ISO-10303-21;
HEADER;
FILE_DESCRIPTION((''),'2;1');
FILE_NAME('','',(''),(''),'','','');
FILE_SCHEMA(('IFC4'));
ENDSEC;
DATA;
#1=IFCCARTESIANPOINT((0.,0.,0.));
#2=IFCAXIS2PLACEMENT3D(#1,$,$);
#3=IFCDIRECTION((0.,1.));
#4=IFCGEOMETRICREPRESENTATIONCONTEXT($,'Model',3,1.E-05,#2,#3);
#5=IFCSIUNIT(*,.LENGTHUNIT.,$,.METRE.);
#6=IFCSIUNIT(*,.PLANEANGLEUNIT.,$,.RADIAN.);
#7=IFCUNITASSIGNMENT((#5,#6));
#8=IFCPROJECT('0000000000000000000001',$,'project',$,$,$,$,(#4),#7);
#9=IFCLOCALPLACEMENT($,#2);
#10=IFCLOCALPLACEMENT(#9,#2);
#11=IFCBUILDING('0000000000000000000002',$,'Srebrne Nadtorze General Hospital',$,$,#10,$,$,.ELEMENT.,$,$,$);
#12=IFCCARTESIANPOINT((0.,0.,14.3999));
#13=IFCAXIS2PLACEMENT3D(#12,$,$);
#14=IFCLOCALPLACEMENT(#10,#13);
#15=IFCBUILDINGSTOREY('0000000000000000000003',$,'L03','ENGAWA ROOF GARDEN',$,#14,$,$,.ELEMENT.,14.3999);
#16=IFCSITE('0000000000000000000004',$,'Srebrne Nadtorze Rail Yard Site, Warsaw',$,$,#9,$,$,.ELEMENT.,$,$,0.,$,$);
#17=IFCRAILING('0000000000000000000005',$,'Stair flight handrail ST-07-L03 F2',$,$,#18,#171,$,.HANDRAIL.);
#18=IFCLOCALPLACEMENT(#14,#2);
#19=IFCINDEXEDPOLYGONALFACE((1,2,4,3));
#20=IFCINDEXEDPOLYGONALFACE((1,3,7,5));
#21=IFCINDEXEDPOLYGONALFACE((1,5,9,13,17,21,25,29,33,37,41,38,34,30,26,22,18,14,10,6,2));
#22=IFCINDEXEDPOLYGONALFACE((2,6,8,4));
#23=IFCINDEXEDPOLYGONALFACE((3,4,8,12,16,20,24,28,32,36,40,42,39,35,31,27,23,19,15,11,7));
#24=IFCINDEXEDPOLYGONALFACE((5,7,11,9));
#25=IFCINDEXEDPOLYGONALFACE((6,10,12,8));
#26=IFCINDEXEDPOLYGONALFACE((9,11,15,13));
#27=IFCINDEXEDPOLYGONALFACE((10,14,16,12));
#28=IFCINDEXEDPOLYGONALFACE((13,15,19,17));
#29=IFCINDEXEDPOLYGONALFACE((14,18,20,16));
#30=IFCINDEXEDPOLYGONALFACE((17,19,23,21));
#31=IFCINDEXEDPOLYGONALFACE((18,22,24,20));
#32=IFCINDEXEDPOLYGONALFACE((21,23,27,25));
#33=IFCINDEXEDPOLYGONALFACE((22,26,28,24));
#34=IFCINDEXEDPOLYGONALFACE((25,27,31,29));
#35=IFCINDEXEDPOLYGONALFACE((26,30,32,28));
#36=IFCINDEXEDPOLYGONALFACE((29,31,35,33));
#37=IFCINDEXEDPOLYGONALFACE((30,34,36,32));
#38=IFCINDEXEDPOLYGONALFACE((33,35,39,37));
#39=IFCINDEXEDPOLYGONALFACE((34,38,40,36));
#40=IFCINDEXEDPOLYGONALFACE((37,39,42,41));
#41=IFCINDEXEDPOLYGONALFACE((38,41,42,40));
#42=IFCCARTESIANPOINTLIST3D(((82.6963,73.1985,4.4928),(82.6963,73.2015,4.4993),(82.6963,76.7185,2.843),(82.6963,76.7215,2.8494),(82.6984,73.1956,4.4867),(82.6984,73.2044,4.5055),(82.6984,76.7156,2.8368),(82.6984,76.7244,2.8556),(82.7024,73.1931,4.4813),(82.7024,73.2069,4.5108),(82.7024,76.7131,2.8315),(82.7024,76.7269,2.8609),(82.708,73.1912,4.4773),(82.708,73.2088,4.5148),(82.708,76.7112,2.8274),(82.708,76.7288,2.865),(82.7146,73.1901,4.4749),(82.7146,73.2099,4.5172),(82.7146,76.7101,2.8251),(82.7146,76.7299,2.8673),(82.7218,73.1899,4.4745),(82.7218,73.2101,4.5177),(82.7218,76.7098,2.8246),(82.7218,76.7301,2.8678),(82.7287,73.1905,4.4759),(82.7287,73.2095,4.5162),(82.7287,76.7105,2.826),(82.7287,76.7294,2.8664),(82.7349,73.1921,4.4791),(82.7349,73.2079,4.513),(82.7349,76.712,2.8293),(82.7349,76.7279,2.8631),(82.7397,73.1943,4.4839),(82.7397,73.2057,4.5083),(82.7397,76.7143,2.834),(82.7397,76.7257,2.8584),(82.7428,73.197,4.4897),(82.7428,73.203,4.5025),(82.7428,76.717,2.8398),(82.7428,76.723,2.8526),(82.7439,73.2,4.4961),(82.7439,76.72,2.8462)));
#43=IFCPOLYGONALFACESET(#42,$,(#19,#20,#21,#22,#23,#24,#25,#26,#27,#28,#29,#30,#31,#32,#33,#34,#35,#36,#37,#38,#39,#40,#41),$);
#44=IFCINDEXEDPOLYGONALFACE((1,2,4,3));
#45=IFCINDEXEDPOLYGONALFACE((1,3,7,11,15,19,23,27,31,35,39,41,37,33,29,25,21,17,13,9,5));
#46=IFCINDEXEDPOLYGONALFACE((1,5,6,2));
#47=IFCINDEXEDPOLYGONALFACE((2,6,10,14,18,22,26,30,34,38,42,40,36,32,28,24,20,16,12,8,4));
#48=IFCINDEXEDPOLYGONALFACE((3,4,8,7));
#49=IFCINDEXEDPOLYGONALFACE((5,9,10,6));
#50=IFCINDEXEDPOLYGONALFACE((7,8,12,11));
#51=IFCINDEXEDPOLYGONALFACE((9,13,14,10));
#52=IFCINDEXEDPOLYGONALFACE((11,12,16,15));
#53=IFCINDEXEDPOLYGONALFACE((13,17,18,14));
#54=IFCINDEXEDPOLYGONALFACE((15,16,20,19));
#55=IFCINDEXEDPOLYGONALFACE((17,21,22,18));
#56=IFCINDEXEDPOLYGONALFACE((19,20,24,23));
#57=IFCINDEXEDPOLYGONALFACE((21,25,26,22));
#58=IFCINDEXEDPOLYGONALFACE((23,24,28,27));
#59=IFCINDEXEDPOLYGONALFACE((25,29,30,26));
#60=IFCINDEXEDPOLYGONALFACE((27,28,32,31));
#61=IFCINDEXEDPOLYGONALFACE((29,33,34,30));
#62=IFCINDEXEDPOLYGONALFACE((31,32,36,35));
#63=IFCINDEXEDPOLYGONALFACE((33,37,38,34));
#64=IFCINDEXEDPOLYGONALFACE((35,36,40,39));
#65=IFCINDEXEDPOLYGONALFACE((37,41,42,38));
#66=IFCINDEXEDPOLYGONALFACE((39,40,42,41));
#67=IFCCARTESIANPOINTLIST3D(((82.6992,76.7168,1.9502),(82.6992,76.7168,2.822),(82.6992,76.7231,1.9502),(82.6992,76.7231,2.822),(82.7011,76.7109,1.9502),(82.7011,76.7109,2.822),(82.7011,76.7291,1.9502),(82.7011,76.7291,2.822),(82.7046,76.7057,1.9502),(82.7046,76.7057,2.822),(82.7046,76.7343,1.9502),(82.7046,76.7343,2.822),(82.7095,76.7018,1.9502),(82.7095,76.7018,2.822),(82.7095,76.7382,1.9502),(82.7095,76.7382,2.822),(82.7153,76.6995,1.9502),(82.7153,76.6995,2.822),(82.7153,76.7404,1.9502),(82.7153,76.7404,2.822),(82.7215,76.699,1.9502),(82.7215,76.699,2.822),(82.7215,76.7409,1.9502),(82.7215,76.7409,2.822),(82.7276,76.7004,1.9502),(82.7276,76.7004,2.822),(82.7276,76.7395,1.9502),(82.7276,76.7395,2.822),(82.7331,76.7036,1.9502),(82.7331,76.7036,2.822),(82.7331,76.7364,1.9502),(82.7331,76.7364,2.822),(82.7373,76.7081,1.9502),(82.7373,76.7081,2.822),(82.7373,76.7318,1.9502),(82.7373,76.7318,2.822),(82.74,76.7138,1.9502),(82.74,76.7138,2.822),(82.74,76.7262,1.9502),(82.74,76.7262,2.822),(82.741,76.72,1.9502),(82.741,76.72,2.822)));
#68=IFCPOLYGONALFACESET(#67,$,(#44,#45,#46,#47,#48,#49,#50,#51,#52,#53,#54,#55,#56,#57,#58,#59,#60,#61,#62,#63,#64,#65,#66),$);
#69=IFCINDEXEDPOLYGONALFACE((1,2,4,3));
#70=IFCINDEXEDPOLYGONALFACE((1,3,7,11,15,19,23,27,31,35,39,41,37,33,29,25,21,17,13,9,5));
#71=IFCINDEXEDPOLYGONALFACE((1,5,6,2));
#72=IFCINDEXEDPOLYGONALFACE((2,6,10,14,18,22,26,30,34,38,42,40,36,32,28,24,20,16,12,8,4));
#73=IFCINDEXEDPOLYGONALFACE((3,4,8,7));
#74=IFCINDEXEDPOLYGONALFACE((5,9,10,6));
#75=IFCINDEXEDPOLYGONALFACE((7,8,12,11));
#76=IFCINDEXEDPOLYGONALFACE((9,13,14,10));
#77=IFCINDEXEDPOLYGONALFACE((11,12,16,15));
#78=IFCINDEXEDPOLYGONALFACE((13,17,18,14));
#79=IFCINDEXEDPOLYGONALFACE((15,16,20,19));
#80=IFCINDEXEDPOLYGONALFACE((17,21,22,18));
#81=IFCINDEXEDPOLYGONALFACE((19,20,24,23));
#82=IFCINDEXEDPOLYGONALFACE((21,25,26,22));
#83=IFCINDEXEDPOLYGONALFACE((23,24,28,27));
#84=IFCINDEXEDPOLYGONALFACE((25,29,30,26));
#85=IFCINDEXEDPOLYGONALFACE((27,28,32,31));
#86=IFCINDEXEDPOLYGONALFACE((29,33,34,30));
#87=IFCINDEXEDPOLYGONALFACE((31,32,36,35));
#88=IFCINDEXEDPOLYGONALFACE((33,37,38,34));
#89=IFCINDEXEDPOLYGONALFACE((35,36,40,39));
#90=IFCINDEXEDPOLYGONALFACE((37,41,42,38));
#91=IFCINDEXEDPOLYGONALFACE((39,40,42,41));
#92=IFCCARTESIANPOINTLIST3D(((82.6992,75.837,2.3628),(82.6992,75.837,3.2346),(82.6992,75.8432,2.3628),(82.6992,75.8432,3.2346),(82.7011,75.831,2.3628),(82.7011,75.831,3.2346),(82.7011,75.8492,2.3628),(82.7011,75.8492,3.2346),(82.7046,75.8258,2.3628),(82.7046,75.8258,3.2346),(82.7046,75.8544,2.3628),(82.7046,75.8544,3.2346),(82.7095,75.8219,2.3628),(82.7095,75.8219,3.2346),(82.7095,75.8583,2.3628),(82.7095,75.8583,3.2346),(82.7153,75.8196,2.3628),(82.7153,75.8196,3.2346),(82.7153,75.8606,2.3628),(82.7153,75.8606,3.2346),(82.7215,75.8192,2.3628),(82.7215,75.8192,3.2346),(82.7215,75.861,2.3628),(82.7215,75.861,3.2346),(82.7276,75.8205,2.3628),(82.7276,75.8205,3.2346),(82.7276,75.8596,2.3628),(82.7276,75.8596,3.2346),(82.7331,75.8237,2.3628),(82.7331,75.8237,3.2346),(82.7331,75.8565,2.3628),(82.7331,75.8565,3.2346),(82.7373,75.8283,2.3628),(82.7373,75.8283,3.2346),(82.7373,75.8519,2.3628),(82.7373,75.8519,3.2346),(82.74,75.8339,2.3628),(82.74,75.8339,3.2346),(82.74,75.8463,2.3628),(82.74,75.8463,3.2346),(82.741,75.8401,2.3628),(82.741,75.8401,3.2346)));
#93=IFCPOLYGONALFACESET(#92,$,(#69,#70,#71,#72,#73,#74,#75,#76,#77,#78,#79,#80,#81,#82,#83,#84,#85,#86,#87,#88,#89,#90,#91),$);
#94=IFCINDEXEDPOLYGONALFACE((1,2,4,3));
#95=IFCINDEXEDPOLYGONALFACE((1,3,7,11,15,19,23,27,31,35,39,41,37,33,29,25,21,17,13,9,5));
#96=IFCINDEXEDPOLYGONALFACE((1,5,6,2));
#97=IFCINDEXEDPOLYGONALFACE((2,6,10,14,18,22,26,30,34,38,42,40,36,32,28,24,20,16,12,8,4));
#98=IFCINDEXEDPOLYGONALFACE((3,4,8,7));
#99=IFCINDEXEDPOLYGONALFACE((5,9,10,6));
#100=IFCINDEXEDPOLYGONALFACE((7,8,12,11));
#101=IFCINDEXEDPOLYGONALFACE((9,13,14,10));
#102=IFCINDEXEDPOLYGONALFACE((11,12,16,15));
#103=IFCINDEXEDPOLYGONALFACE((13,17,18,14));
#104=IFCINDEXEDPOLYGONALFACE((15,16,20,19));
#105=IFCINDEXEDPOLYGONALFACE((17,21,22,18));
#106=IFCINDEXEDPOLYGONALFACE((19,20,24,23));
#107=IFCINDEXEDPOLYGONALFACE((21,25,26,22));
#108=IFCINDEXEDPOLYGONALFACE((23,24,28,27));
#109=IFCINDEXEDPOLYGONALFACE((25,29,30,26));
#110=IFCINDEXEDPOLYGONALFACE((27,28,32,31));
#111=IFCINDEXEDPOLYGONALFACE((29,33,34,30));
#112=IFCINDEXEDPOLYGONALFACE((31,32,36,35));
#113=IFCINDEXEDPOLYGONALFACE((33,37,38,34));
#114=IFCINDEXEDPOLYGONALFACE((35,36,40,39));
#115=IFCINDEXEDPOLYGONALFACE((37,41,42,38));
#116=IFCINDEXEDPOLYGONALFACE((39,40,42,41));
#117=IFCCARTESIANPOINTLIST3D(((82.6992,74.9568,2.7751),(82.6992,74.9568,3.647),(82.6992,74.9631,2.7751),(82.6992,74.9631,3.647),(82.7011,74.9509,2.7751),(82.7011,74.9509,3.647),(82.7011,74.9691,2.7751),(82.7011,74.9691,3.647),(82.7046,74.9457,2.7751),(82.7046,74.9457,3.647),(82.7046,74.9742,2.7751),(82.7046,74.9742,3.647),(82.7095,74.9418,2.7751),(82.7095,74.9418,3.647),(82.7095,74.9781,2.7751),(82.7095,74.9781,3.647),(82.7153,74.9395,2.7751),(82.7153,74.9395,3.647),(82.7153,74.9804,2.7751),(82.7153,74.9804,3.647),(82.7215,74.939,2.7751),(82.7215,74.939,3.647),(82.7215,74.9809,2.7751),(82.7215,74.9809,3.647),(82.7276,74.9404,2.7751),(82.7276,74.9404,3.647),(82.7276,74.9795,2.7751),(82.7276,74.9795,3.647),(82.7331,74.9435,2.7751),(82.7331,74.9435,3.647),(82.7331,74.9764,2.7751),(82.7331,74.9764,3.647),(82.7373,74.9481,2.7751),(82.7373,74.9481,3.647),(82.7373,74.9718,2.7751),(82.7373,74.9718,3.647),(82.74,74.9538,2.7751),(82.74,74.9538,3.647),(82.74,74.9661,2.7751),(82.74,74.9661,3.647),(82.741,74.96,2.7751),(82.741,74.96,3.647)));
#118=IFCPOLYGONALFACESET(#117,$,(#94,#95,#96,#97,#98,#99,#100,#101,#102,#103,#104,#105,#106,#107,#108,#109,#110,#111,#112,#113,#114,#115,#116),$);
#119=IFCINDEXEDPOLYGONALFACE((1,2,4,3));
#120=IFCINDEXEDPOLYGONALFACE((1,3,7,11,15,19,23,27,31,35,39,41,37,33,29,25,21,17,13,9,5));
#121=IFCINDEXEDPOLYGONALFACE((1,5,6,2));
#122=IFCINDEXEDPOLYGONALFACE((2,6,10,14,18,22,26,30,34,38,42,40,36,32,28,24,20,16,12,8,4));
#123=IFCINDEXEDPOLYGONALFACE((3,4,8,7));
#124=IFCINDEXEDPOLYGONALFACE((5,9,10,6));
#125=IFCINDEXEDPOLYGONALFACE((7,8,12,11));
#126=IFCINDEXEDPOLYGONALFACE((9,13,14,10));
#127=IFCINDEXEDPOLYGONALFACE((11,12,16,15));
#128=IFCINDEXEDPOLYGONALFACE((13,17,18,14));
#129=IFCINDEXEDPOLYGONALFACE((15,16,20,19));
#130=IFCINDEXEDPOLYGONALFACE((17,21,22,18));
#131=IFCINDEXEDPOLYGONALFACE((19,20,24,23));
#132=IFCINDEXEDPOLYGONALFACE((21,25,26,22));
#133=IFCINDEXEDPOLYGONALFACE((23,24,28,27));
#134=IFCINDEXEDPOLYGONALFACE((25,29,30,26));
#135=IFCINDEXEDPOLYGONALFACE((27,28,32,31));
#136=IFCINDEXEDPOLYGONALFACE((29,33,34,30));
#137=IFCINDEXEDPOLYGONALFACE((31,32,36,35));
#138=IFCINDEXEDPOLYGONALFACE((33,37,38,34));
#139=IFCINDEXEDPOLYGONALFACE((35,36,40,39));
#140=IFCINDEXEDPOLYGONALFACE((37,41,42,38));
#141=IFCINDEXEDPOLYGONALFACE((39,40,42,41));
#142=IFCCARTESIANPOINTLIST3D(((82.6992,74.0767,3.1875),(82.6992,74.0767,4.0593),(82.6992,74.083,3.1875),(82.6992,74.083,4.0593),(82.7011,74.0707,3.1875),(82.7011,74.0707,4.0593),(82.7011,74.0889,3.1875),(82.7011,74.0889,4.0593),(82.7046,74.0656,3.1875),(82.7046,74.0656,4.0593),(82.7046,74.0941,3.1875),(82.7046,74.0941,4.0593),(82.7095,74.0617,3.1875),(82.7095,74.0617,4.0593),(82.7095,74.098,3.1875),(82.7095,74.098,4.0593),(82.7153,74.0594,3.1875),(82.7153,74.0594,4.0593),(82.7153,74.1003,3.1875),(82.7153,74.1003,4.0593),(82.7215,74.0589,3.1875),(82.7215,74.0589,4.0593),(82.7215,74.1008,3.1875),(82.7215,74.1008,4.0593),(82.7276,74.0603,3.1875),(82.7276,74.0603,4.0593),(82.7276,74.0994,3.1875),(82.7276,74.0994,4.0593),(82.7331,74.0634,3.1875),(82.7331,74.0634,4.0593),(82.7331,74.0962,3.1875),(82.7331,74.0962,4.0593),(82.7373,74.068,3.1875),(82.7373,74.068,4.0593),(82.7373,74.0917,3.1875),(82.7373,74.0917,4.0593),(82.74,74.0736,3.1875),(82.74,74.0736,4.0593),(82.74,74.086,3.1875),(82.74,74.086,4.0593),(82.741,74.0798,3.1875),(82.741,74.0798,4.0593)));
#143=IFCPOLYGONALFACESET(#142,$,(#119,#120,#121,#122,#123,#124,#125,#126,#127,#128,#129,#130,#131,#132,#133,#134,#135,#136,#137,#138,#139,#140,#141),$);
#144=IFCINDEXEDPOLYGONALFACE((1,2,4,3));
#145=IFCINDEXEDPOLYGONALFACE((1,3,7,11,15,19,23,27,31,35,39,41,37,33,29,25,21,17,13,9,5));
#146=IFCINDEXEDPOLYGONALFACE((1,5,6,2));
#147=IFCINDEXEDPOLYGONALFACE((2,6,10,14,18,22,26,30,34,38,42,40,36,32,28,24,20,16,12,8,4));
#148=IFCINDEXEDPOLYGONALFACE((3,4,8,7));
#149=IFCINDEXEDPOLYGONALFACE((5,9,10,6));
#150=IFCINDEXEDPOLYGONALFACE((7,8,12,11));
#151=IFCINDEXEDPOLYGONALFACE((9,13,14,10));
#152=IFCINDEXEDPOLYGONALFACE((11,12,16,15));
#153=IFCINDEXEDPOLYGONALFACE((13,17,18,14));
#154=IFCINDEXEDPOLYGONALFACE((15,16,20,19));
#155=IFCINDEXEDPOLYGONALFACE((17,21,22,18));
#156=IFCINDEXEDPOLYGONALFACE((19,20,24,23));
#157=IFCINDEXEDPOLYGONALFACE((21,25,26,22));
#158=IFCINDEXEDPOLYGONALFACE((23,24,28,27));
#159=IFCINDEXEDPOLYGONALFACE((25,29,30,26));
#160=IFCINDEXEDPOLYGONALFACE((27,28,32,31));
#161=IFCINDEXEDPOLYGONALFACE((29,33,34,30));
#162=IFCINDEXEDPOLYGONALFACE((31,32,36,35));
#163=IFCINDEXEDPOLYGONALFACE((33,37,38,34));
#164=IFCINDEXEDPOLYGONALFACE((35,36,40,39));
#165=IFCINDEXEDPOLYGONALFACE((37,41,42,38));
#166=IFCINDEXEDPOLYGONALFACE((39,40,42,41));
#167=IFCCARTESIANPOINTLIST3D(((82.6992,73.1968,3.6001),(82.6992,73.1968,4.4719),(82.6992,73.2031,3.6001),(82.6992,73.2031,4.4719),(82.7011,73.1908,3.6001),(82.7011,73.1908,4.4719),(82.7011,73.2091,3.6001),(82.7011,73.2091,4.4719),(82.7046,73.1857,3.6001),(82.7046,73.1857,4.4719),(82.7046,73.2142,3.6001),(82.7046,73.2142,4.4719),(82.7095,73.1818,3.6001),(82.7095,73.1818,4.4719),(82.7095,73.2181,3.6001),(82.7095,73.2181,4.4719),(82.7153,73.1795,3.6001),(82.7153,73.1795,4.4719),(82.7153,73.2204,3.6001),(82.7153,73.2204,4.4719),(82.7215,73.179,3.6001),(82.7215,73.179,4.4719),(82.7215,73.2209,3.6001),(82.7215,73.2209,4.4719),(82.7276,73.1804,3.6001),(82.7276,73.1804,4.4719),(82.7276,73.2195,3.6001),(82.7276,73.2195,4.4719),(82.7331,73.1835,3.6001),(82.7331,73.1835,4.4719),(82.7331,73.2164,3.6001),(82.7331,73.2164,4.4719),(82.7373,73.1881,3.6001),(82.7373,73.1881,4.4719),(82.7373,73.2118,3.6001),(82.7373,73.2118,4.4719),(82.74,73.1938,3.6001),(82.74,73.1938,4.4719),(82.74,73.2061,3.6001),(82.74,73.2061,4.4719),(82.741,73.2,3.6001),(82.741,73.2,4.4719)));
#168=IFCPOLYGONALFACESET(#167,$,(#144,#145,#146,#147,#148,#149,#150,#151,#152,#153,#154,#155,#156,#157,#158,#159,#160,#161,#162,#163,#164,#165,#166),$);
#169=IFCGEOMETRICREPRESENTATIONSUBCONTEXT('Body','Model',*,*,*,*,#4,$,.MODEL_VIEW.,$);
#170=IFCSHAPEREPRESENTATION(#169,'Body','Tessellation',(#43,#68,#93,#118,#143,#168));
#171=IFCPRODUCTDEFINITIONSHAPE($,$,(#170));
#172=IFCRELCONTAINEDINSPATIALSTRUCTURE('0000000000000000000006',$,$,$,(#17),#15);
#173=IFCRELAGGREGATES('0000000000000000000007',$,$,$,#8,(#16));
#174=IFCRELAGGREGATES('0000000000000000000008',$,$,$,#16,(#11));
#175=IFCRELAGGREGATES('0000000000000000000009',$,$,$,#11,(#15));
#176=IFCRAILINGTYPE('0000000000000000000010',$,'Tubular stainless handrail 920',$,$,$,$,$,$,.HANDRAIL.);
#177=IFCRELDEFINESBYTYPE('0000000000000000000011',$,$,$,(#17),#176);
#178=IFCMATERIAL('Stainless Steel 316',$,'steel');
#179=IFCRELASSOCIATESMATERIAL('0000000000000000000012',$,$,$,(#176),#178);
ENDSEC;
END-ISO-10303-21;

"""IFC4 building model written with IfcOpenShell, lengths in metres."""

from ifc_helpers import new_model, si_unit, direction, frame, origin, origin_2d, place, context, subcontext, project, spatial, circle, extrude, material, type_object, element, save


model = new_model("IFC4")

# Units and contexts
model_context = context("Model", 3, precision=1e-05, world=origin(), true_north=direction((0.0, 1.0)))
body_context = subcontext(model_context, "Body", "Model", "MODEL_VIEW")
ifc_project = project(units=[si_unit("LENGTHUNIT", "METRE"), si_unit("PLANEANGLEUNIT", "RADIAN")], contexts=[model_context])

# Site, building, storey
site_placement = place(None, origin())
site = spatial("IfcSite", under=ifc_project, at=site_placement, Name="Srebrne Nadtorze Rail Yard Site, Warsaw", CompositionType="ELEMENT", RefElevation=0.0)
building_placement = place(site_placement, origin())
building = spatial("IfcBuilding", under=site, at=building_placement, Name="Srebrne Nadtorze General Hospital", CompositionType="ELEMENT")
storey_placement = place(building_placement, frame((0.0, 0.0, 14.3999)))
storey = spatial("IfcBuildingStorey", under=building, at=storey_placement, Name="L03", Description="ENGAWA ROOF GARDEN", CompositionType="ELEMENT", Elevation=14.3999)

# Railing
ifc_material_1 = material(Name="Stainless Steel 316", Category="steel")
railing_type = type_object("IfcRailingType", Name="Tubular stainless handrail 920", PredefinedType="HANDRAIL", material=ifc_material_1)
railing_1_placement = place(storey_placement, frame((82.72, 76.72, 1.9502)))
element("IfcRailing", 1, at=railing_1_placement, inside=storey, type_object=railing_type, Name="Stair flight handrail ST-07-L03 F2", PredefinedType="HANDRAIL", context=body_context, shape_type="SweptSolid", body=[
    extrude(circle(Radius=0.0239, at=origin_2d()), frame((0.0, 0.0, 0.896), z_axis=(0.0, -0.905469, 0.424411), x_axis=(1.0, 0.0, 0.0)), (0.0, 0.0, 1.0), 3.8875),
    extrude(circle(Radius=0.021, at=origin_2d()), origin(), (0.0, 0.0, 1.0), 0.8718),
    extrude(circle(Radius=0.021, at=origin_2d()), frame((0.0, -0.8799, 0.4126)), (0.0, 0.0, 1.0), 0.8718),
    extrude(circle(Radius=0.021, at=origin_2d()), frame((0.0, -1.76, 0.825)), (0.0, 0.0, 1.0), 0.8718),
    extrude(circle(Radius=0.021, at=origin_2d()), frame((0.0, -2.6401, 1.2373)), (0.0, 0.0, 1.0), 0.8718),
    extrude(circle(Radius=0.021, at=origin_2d()), frame((0.0, -3.52, 1.6499)), (0.0, 0.0, 1.0), 0.8718),
])

save(model, "model.ifc")
